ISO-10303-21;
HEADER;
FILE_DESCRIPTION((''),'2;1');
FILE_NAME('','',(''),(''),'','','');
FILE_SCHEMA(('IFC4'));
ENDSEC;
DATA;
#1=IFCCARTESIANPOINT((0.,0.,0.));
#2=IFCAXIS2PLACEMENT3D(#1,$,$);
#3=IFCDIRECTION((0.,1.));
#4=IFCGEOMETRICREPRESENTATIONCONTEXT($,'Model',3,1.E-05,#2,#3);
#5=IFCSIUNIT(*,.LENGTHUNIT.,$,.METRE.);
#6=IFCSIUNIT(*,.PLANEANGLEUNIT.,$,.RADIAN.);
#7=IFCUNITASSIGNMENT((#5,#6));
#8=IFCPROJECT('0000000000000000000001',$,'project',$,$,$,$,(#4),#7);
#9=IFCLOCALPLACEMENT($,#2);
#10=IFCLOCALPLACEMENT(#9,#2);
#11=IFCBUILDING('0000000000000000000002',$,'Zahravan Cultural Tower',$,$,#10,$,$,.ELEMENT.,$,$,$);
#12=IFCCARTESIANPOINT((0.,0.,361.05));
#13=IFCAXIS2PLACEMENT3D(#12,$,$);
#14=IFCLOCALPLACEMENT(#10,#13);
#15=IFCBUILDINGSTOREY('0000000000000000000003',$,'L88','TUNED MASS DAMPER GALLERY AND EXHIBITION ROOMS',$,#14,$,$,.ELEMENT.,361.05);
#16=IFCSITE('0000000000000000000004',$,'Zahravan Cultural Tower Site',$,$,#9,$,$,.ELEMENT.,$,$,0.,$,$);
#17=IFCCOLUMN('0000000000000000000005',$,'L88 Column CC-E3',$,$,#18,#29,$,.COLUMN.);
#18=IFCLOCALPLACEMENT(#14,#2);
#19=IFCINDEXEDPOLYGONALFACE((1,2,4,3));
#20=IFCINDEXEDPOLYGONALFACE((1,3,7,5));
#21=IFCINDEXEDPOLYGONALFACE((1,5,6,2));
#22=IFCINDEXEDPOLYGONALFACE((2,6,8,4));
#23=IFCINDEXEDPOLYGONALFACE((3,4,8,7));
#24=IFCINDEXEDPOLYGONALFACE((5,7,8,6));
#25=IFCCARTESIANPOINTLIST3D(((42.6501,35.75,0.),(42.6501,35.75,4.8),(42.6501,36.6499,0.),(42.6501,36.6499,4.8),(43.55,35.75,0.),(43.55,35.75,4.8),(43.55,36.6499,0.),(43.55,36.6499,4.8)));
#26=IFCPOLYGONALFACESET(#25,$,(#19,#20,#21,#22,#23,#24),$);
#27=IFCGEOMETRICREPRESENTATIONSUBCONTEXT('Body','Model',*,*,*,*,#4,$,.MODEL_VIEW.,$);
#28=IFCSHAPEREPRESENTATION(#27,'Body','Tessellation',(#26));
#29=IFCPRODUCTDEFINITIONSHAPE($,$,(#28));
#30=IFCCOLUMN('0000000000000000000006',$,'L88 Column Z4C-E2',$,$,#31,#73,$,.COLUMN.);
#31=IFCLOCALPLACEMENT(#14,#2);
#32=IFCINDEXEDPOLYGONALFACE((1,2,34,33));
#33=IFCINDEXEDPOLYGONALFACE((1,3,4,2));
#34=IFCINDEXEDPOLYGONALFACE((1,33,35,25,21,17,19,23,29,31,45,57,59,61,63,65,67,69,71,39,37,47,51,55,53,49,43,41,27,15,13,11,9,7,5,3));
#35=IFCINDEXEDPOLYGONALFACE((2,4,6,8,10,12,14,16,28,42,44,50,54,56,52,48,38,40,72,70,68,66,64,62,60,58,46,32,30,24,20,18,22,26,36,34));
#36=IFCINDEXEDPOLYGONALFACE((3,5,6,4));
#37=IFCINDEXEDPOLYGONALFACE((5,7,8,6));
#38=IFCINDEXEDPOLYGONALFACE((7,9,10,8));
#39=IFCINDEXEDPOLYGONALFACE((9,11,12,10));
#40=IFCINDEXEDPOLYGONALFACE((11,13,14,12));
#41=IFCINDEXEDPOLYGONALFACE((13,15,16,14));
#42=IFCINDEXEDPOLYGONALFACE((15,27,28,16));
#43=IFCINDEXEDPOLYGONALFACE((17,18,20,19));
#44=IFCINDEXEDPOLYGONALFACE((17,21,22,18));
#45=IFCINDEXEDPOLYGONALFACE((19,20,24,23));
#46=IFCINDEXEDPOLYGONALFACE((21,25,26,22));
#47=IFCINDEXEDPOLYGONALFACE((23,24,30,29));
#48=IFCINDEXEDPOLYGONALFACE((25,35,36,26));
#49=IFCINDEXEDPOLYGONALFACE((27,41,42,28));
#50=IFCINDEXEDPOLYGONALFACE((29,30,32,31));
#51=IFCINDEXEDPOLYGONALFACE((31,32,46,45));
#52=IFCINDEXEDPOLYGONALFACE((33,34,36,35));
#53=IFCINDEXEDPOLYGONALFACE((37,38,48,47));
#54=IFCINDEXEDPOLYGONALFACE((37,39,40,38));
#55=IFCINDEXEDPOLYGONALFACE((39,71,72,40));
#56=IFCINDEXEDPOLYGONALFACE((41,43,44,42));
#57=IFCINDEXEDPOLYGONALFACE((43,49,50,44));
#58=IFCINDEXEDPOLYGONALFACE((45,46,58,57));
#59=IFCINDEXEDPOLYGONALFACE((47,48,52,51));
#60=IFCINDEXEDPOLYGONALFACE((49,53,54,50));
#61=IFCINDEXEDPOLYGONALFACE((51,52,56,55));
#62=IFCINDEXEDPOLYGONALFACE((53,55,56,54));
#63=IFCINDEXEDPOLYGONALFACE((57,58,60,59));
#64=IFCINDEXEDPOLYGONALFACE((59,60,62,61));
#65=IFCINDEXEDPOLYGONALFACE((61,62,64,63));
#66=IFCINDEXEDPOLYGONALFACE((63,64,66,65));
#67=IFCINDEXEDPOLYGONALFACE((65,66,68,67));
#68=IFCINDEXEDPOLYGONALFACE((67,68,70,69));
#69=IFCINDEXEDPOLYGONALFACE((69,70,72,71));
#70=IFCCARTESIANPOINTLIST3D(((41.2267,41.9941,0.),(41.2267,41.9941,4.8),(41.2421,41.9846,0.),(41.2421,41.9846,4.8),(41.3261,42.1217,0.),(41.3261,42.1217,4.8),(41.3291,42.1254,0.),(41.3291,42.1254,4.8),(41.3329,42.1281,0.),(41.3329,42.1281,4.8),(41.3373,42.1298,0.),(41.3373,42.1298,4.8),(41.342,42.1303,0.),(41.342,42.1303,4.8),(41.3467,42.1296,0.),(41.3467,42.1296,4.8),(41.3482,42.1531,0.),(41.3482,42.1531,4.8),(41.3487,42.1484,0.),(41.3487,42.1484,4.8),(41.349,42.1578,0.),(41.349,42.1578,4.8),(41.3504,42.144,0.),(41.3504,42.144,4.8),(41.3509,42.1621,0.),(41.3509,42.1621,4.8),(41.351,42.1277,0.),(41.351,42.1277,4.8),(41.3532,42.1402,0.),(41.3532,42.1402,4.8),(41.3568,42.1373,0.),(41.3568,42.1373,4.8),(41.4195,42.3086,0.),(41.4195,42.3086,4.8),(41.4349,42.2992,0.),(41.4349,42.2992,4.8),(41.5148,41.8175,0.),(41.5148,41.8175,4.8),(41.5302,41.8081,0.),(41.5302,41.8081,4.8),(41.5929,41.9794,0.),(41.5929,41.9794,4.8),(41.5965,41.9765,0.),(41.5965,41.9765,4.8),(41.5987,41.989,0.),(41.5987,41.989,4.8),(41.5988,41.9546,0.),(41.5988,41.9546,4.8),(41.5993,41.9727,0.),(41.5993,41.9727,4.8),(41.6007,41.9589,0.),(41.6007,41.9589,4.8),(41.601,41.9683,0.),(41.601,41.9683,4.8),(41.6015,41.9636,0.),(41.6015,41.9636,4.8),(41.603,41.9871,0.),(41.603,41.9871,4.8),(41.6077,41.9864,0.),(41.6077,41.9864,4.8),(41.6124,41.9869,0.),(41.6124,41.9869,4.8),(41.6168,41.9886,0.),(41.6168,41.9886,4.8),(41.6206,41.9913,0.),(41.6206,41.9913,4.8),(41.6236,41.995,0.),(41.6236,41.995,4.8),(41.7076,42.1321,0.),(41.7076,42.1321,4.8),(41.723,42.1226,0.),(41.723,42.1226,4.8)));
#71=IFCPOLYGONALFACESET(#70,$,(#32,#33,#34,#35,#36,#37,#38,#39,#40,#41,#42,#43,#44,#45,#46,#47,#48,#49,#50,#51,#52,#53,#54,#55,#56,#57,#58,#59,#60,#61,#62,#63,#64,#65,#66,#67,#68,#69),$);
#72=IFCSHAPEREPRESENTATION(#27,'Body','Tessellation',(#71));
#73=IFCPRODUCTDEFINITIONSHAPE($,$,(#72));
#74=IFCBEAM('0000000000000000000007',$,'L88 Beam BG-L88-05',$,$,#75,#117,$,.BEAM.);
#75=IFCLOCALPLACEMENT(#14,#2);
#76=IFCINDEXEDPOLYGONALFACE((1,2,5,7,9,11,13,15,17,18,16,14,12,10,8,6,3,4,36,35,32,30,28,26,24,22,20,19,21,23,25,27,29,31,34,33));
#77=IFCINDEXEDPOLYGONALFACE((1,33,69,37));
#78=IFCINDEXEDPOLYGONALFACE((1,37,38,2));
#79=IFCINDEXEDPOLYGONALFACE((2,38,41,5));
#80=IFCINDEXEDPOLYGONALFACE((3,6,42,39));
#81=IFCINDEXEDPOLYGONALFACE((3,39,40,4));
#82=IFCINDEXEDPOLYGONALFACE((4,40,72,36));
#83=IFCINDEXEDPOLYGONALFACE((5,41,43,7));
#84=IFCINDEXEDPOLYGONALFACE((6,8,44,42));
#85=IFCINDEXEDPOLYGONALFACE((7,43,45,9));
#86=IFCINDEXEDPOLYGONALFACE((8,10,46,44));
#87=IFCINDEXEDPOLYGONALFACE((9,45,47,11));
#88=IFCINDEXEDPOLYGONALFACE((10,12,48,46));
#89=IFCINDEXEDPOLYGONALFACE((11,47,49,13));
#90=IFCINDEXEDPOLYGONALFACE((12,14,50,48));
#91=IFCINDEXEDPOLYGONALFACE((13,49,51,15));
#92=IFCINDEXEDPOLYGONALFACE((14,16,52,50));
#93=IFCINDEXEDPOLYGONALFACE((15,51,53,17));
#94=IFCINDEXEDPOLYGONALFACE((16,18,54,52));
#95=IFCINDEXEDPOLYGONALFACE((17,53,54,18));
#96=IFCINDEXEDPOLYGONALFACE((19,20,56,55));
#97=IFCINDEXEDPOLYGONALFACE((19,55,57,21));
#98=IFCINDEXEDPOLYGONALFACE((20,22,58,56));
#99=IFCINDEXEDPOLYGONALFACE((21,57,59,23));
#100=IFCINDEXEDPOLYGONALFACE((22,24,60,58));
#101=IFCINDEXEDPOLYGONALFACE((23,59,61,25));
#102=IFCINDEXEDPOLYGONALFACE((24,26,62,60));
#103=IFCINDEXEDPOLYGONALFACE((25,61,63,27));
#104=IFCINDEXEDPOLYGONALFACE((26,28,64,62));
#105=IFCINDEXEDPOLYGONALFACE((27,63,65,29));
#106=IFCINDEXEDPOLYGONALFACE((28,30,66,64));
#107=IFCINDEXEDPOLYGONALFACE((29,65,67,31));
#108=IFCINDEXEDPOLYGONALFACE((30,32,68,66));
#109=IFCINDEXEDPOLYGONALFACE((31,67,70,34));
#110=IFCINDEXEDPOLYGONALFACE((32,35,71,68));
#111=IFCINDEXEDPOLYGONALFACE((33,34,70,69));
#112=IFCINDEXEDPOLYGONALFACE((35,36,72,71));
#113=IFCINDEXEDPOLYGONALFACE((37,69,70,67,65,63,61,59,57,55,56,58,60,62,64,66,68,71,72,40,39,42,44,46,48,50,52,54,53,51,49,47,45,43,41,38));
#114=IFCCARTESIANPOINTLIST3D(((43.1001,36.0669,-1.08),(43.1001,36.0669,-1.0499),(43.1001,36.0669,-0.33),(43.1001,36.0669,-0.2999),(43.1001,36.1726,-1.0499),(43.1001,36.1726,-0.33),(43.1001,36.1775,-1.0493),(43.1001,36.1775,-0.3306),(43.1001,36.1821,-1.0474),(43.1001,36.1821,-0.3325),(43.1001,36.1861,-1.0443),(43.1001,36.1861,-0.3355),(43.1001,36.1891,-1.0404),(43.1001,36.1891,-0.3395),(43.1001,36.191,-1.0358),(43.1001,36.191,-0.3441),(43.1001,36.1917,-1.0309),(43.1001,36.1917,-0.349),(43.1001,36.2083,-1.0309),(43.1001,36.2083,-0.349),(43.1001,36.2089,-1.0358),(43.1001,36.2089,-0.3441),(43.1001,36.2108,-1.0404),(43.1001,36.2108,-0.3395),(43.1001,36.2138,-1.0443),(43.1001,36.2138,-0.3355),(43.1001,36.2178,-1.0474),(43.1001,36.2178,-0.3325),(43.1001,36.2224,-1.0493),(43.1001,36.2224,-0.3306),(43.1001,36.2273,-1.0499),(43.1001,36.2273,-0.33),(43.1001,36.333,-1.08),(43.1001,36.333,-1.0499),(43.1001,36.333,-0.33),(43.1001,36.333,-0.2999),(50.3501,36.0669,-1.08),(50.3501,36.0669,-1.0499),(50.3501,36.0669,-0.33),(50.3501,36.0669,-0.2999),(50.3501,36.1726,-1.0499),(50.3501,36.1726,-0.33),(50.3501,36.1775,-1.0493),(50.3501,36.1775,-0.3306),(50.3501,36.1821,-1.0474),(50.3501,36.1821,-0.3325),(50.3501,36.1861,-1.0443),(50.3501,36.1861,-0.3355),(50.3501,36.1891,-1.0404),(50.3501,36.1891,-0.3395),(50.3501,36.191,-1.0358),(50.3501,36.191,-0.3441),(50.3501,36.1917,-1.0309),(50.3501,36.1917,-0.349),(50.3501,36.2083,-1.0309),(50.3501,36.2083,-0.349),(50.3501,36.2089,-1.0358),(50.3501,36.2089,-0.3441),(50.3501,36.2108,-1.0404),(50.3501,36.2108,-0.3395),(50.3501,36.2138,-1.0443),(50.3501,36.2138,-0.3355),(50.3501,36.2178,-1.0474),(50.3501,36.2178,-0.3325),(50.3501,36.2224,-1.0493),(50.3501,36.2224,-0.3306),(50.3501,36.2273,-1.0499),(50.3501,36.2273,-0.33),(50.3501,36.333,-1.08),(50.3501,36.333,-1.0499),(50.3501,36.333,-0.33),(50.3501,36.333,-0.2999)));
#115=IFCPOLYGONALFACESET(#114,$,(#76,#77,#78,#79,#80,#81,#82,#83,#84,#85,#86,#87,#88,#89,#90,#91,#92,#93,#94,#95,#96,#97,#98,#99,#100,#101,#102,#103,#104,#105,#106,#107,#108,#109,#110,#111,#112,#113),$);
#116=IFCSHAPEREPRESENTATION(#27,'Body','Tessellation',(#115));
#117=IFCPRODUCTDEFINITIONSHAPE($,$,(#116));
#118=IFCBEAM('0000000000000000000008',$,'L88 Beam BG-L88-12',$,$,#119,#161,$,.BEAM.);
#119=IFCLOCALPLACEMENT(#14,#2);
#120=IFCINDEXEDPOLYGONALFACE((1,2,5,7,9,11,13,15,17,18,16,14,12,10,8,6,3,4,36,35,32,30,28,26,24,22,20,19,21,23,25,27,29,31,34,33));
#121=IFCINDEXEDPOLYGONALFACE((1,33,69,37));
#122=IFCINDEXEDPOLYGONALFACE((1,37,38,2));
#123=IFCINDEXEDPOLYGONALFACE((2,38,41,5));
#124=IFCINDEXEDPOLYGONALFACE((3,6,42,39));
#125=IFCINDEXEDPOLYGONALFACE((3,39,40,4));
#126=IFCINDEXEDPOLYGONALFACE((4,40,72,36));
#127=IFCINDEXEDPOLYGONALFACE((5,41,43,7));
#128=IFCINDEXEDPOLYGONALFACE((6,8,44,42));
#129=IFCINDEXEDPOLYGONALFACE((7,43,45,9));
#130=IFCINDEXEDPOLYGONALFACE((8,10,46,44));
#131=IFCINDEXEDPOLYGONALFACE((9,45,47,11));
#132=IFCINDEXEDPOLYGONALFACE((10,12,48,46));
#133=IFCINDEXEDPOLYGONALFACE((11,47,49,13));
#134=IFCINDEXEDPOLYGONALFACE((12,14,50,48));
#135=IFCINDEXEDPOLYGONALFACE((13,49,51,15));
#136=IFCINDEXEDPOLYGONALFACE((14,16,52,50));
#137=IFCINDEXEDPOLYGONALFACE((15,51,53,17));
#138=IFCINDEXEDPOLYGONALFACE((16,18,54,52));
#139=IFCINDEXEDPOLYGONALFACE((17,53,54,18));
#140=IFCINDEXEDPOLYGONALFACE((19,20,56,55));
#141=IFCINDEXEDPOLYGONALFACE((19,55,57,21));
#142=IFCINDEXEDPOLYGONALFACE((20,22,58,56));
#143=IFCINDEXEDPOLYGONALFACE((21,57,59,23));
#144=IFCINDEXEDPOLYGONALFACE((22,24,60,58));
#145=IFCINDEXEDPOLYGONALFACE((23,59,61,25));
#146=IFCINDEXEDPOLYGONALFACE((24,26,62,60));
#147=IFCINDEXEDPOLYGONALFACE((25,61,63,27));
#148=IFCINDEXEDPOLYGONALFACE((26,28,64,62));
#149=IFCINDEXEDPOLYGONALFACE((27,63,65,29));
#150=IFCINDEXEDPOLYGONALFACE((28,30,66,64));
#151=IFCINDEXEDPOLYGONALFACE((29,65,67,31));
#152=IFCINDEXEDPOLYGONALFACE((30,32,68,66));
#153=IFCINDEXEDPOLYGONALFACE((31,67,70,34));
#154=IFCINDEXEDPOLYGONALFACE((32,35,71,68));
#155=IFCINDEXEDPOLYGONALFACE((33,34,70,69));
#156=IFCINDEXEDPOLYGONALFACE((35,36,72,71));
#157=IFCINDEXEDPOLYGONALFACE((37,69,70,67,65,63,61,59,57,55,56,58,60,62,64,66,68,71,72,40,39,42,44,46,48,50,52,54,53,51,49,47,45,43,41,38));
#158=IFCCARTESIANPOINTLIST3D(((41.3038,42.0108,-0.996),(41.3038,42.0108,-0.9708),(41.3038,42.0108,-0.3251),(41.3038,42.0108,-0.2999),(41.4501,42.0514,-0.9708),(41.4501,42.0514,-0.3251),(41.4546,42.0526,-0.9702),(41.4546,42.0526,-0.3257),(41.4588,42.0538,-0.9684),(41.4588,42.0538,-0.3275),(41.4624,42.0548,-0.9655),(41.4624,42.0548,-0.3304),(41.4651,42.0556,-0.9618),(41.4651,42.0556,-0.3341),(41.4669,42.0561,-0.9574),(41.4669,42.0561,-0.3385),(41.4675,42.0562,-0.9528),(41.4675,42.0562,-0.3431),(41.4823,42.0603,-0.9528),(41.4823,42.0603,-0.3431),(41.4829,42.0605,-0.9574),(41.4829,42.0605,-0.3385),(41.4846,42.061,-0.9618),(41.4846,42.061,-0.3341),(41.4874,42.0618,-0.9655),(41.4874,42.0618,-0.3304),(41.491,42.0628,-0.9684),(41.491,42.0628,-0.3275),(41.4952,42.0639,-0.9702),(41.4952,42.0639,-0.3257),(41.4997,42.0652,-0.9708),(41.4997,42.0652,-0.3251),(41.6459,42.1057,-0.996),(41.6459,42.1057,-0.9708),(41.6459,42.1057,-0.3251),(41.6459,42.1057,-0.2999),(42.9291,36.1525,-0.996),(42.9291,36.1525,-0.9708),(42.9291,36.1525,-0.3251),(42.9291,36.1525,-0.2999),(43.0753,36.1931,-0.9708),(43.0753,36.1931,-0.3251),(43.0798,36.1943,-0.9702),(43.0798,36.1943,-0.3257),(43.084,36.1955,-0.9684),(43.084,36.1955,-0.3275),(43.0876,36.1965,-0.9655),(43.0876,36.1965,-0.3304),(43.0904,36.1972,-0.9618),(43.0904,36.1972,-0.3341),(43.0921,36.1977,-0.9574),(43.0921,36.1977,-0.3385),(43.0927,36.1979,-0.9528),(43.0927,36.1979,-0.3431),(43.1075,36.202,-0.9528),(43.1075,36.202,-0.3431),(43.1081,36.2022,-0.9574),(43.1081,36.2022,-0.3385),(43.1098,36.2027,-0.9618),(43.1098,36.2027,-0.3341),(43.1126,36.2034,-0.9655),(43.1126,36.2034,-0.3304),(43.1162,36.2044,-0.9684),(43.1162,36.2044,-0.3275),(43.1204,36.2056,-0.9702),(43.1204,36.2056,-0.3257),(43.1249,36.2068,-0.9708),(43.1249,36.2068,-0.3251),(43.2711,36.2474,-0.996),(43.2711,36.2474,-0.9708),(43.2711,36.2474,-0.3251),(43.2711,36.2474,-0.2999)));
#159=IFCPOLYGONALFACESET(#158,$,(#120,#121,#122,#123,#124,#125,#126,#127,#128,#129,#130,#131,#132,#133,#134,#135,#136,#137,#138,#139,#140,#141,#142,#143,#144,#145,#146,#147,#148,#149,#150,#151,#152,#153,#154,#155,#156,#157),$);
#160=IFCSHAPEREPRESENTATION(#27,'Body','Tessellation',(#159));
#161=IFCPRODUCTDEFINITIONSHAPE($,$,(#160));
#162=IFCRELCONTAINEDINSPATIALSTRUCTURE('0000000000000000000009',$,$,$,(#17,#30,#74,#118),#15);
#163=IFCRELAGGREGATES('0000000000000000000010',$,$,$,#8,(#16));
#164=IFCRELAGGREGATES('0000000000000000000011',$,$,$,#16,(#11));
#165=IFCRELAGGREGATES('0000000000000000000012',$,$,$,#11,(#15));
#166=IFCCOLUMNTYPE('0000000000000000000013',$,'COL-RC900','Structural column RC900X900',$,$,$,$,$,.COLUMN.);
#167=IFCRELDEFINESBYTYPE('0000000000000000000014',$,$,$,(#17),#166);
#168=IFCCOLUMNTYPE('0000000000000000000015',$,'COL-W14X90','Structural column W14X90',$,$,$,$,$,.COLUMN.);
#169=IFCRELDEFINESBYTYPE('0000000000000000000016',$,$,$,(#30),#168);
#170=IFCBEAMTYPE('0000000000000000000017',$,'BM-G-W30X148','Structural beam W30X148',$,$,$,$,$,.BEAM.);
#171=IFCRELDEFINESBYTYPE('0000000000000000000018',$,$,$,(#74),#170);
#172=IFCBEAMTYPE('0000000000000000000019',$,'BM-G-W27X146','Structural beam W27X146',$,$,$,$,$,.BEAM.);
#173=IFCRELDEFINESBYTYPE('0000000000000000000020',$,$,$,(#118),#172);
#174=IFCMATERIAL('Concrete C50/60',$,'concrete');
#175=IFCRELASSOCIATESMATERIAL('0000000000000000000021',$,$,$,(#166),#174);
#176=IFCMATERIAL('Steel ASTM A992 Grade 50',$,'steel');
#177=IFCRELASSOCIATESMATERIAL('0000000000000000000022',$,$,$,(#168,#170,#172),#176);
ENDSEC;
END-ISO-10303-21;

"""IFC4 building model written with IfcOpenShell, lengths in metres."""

from ifc_helpers import new_model, si_unit, direction, frame, origin, origin_2d, place, context, subcontext, project, spatial, rectangle, i_section, extrude, source, transform, mapped, material, material_profile, profile_set, type_object, element, save


model = new_model("IFC4")

# Units and contexts
model_context = context("Model", 3, precision=1e-05, world=origin(), true_north=direction((0.0, 1.0)))
body_context = subcontext(model_context, "Body", "Model", "MODEL_VIEW")
ifc_project = project(units=[si_unit("LENGTHUNIT", "METRE"), si_unit("PLANEANGLEUNIT", "RADIAN")], contexts=[model_context])

# Site, building, storey
site_placement = place(None, origin())
site = spatial("IfcSite", under=ifc_project, at=site_placement, Name="Zahravan Cultural Tower Site", CompositionType="ELEMENT", RefElevation=0.0)
building_placement = place(site_placement, origin())
building = spatial("IfcBuilding", under=site, at=building_placement, Name="Zahravan Cultural Tower", CompositionType="ELEMENT")
storey_placement = place(building_placement, frame((0.0, 0.0, 361.05)))
storey = spatial("IfcBuildingStorey", under=building, at=storey_placement, Name="L88", Description="TUNED MASS DAMPER GALLERY AND EXHIBITION ROOMS", CompositionType="ELEMENT", Elevation=361.05)

# Columns
ifc_material_1 = material(Name="Concrete C50/60", Category="concrete")
ifc_material_profile_1 = material_profile(ifc_material_1, rectangle(XDim=0.8999, YDim=0.8999, at=origin_2d()), Name="RC900X900")
ifc_profile_set_1 = profile_set([ifc_material_profile_1], Name="Concrete C50/60")
column_type_1 = type_object("IfcColumnType", Name="COL-RC900", Description="Structural column RC900X900", PredefinedType="COLUMN", material=ifc_profile_set_1)
shared_shape_1 = source(origin(), body_context, "Body", "SweptSolid", [
    extrude(rectangle(XDim=0.8999, YDim=0.8999, at=origin_2d()), origin(), (0.0, 0.0, 1.0), 4.8),
])
column_1_placement = place(storey_placement, frame((43.1001, 36.2, 0.0), z_axis=(0.0, 0.0, 1.0), x_axis=(1.0, 0.0, 0.0)))
element("IfcColumn", 1, at=column_1_placement, inside=storey, type_object=column_type_1, Name="L88 Column CC-E3", PredefinedType="COLUMN", context=body_context, shape_type="MappedRepresentation", body=[
    mapped(shared_shape_1, transform((0.0, 0.0, 0.0), x_axis=(1.0, 0.0, 0.0), y_axis=(0.0, 1.0, 0.0), z_axis=(0.0, 0.0, 1.0), scale=1.0)),
])
ifc_material_2 = material(Name="Steel ASTM A992 Grade 50", Category="steel")
ifc_material_profile_2 = material_profile(ifc_material_2, i_section(OverallWidth=0.3689, OverallDepth=0.356, WebThickness=0.0112, FlangeThickness=0.0181, FilletRadius=0.0181, at=origin_2d()), Name="W14X90")
ifc_profile_set_2 = profile_set([ifc_material_profile_2], Name="Steel ASTM A992 Grade 50")
column_type_2 = type_object("IfcColumnType", Name="COL-W14X90", Description="Structural column W14X90", PredefinedType="COLUMN", material=ifc_profile_set_2)
shared_shape_2 = source(origin(), body_context, "Body", "SweptSolid", [
    extrude(i_section(OverallWidth=0.3689, OverallDepth=0.356, WebThickness=0.0112, FlangeThickness=0.0181, FilletRadius=0.0181, at=origin_2d()), origin(), (0.0, 0.0, 1.0), 4.8),
])
column_2_placement = place(storey_placement, frame((41.4749, 42.0583, 0.0), z_axis=(0.0, 0.0, 1.0), x_axis=(0.522499, 0.85264, 0.0)))
element("IfcColumn", 2, at=column_2_placement, inside=storey, type_object=column_type_2, Name="L88 Column Z4C-E2", PredefinedType="COLUMN", context=body_context, shape_type="MappedRepresentation", body=[
    mapped(shared_shape_2, transform((0.0, 0.0, 0.0), x_axis=(1.0, 0.0, 0.0), y_axis=(0.0, 1.0, 0.0), z_axis=(0.0, 0.0, 1.0), scale=1.0)),
])

# Beams
ifc_material_profile_3 = material_profile(ifc_material_2, i_section(OverallWidth=0.2661, OverallDepth=0.78, WebThickness=0.0166, FlangeThickness=0.03, FilletRadius=0.019, at=origin_2d()), Name="W30X148")
ifc_profile_set_3 = profile_set([ifc_material_profile_3], Name="Steel ASTM A992 Grade 50")
beam_type_1 = type_object("IfcBeamType", Name="BM-G-W30X148", Description="Structural beam W30X148", PredefinedType="BEAM", material=ifc_profile_set_3)
shared_shape_3 = source(origin(), body_context, "Body", "SweptSolid", [
    extrude(i_section(OverallWidth=0.2661, OverallDepth=0.78, WebThickness=0.0166, FlangeThickness=0.03, FilletRadius=0.019, at=origin_2d()), origin(), (0.0, 0.0, 1.0), 7.25),
])
beam_1_placement = place(storey_placement, frame((43.1001, 36.2, -0.6899), z_axis=(1.0, 0.0, 0.0), x_axis=(0.0, 1.0, 0.0)))
element("IfcBeam", 3, at=beam_1_placement, inside=storey, type_object=beam_type_1, Name="L88 Beam BG-L88-05", PredefinedType="BEAM", context=body_context, shape_type="MappedRepresentation", body=[
    mapped(shared_shape_3, transform((0.0, 0.0, 0.0), x_axis=(1.0, 0.0, 0.0), y_axis=(0.0, 1.0, 0.0), z_axis=(0.0, 0.0, 1.0), scale=1.0)),
])
ifc_material_profile_4 = material_profile(ifc_material_2, i_section(OverallWidth=0.355, OverallDepth=0.696, WebThickness=0.0154, FlangeThickness=0.0251, FilletRadius=0.0181, at=origin_2d()), Name="W27X146")
ifc_profile_set_4 = profile_set([ifc_material_profile_4], Name="Steel ASTM A992 Grade 50")
beam_type_2 = type_object("IfcBeamType", Name="BM-G-W27X146", Description="Structural beam W27X146", PredefinedType="BEAM", material=ifc_profile_set_4)
shared_shape_4 = source(origin(), body_context, "Body", "SweptSolid", [
    extrude(i_section(OverallWidth=0.355, OverallDepth=0.696, WebThickness=0.0154, FlangeThickness=0.0251, FilletRadius=0.0181, at=origin_2d()), origin(), (0.0, 0.0, 1.0), 6.0796),
])
beam_2_placement = place(storey_placement, frame((43.1001, 36.2, -0.6479), z_axis=(-0.267325, 0.963606, 0.0), x_axis=(-0.963606, -0.267325, 0.0)))
element("IfcBeam", 4, at=beam_2_placement, inside=storey, type_object=beam_type_2, Name="L88 Beam BG-L88-12", PredefinedType="BEAM", context=body_context, shape_type="MappedRepresentation", body=[
    mapped(shared_shape_4, transform((0.0, 0.0, 0.0), x_axis=(1.0, 0.0, 0.0), y_axis=(0.0, 1.0, 0.0), z_axis=(0.0, 0.0, 1.0), scale=1.0)),
])

save(model, "model.ifc")
